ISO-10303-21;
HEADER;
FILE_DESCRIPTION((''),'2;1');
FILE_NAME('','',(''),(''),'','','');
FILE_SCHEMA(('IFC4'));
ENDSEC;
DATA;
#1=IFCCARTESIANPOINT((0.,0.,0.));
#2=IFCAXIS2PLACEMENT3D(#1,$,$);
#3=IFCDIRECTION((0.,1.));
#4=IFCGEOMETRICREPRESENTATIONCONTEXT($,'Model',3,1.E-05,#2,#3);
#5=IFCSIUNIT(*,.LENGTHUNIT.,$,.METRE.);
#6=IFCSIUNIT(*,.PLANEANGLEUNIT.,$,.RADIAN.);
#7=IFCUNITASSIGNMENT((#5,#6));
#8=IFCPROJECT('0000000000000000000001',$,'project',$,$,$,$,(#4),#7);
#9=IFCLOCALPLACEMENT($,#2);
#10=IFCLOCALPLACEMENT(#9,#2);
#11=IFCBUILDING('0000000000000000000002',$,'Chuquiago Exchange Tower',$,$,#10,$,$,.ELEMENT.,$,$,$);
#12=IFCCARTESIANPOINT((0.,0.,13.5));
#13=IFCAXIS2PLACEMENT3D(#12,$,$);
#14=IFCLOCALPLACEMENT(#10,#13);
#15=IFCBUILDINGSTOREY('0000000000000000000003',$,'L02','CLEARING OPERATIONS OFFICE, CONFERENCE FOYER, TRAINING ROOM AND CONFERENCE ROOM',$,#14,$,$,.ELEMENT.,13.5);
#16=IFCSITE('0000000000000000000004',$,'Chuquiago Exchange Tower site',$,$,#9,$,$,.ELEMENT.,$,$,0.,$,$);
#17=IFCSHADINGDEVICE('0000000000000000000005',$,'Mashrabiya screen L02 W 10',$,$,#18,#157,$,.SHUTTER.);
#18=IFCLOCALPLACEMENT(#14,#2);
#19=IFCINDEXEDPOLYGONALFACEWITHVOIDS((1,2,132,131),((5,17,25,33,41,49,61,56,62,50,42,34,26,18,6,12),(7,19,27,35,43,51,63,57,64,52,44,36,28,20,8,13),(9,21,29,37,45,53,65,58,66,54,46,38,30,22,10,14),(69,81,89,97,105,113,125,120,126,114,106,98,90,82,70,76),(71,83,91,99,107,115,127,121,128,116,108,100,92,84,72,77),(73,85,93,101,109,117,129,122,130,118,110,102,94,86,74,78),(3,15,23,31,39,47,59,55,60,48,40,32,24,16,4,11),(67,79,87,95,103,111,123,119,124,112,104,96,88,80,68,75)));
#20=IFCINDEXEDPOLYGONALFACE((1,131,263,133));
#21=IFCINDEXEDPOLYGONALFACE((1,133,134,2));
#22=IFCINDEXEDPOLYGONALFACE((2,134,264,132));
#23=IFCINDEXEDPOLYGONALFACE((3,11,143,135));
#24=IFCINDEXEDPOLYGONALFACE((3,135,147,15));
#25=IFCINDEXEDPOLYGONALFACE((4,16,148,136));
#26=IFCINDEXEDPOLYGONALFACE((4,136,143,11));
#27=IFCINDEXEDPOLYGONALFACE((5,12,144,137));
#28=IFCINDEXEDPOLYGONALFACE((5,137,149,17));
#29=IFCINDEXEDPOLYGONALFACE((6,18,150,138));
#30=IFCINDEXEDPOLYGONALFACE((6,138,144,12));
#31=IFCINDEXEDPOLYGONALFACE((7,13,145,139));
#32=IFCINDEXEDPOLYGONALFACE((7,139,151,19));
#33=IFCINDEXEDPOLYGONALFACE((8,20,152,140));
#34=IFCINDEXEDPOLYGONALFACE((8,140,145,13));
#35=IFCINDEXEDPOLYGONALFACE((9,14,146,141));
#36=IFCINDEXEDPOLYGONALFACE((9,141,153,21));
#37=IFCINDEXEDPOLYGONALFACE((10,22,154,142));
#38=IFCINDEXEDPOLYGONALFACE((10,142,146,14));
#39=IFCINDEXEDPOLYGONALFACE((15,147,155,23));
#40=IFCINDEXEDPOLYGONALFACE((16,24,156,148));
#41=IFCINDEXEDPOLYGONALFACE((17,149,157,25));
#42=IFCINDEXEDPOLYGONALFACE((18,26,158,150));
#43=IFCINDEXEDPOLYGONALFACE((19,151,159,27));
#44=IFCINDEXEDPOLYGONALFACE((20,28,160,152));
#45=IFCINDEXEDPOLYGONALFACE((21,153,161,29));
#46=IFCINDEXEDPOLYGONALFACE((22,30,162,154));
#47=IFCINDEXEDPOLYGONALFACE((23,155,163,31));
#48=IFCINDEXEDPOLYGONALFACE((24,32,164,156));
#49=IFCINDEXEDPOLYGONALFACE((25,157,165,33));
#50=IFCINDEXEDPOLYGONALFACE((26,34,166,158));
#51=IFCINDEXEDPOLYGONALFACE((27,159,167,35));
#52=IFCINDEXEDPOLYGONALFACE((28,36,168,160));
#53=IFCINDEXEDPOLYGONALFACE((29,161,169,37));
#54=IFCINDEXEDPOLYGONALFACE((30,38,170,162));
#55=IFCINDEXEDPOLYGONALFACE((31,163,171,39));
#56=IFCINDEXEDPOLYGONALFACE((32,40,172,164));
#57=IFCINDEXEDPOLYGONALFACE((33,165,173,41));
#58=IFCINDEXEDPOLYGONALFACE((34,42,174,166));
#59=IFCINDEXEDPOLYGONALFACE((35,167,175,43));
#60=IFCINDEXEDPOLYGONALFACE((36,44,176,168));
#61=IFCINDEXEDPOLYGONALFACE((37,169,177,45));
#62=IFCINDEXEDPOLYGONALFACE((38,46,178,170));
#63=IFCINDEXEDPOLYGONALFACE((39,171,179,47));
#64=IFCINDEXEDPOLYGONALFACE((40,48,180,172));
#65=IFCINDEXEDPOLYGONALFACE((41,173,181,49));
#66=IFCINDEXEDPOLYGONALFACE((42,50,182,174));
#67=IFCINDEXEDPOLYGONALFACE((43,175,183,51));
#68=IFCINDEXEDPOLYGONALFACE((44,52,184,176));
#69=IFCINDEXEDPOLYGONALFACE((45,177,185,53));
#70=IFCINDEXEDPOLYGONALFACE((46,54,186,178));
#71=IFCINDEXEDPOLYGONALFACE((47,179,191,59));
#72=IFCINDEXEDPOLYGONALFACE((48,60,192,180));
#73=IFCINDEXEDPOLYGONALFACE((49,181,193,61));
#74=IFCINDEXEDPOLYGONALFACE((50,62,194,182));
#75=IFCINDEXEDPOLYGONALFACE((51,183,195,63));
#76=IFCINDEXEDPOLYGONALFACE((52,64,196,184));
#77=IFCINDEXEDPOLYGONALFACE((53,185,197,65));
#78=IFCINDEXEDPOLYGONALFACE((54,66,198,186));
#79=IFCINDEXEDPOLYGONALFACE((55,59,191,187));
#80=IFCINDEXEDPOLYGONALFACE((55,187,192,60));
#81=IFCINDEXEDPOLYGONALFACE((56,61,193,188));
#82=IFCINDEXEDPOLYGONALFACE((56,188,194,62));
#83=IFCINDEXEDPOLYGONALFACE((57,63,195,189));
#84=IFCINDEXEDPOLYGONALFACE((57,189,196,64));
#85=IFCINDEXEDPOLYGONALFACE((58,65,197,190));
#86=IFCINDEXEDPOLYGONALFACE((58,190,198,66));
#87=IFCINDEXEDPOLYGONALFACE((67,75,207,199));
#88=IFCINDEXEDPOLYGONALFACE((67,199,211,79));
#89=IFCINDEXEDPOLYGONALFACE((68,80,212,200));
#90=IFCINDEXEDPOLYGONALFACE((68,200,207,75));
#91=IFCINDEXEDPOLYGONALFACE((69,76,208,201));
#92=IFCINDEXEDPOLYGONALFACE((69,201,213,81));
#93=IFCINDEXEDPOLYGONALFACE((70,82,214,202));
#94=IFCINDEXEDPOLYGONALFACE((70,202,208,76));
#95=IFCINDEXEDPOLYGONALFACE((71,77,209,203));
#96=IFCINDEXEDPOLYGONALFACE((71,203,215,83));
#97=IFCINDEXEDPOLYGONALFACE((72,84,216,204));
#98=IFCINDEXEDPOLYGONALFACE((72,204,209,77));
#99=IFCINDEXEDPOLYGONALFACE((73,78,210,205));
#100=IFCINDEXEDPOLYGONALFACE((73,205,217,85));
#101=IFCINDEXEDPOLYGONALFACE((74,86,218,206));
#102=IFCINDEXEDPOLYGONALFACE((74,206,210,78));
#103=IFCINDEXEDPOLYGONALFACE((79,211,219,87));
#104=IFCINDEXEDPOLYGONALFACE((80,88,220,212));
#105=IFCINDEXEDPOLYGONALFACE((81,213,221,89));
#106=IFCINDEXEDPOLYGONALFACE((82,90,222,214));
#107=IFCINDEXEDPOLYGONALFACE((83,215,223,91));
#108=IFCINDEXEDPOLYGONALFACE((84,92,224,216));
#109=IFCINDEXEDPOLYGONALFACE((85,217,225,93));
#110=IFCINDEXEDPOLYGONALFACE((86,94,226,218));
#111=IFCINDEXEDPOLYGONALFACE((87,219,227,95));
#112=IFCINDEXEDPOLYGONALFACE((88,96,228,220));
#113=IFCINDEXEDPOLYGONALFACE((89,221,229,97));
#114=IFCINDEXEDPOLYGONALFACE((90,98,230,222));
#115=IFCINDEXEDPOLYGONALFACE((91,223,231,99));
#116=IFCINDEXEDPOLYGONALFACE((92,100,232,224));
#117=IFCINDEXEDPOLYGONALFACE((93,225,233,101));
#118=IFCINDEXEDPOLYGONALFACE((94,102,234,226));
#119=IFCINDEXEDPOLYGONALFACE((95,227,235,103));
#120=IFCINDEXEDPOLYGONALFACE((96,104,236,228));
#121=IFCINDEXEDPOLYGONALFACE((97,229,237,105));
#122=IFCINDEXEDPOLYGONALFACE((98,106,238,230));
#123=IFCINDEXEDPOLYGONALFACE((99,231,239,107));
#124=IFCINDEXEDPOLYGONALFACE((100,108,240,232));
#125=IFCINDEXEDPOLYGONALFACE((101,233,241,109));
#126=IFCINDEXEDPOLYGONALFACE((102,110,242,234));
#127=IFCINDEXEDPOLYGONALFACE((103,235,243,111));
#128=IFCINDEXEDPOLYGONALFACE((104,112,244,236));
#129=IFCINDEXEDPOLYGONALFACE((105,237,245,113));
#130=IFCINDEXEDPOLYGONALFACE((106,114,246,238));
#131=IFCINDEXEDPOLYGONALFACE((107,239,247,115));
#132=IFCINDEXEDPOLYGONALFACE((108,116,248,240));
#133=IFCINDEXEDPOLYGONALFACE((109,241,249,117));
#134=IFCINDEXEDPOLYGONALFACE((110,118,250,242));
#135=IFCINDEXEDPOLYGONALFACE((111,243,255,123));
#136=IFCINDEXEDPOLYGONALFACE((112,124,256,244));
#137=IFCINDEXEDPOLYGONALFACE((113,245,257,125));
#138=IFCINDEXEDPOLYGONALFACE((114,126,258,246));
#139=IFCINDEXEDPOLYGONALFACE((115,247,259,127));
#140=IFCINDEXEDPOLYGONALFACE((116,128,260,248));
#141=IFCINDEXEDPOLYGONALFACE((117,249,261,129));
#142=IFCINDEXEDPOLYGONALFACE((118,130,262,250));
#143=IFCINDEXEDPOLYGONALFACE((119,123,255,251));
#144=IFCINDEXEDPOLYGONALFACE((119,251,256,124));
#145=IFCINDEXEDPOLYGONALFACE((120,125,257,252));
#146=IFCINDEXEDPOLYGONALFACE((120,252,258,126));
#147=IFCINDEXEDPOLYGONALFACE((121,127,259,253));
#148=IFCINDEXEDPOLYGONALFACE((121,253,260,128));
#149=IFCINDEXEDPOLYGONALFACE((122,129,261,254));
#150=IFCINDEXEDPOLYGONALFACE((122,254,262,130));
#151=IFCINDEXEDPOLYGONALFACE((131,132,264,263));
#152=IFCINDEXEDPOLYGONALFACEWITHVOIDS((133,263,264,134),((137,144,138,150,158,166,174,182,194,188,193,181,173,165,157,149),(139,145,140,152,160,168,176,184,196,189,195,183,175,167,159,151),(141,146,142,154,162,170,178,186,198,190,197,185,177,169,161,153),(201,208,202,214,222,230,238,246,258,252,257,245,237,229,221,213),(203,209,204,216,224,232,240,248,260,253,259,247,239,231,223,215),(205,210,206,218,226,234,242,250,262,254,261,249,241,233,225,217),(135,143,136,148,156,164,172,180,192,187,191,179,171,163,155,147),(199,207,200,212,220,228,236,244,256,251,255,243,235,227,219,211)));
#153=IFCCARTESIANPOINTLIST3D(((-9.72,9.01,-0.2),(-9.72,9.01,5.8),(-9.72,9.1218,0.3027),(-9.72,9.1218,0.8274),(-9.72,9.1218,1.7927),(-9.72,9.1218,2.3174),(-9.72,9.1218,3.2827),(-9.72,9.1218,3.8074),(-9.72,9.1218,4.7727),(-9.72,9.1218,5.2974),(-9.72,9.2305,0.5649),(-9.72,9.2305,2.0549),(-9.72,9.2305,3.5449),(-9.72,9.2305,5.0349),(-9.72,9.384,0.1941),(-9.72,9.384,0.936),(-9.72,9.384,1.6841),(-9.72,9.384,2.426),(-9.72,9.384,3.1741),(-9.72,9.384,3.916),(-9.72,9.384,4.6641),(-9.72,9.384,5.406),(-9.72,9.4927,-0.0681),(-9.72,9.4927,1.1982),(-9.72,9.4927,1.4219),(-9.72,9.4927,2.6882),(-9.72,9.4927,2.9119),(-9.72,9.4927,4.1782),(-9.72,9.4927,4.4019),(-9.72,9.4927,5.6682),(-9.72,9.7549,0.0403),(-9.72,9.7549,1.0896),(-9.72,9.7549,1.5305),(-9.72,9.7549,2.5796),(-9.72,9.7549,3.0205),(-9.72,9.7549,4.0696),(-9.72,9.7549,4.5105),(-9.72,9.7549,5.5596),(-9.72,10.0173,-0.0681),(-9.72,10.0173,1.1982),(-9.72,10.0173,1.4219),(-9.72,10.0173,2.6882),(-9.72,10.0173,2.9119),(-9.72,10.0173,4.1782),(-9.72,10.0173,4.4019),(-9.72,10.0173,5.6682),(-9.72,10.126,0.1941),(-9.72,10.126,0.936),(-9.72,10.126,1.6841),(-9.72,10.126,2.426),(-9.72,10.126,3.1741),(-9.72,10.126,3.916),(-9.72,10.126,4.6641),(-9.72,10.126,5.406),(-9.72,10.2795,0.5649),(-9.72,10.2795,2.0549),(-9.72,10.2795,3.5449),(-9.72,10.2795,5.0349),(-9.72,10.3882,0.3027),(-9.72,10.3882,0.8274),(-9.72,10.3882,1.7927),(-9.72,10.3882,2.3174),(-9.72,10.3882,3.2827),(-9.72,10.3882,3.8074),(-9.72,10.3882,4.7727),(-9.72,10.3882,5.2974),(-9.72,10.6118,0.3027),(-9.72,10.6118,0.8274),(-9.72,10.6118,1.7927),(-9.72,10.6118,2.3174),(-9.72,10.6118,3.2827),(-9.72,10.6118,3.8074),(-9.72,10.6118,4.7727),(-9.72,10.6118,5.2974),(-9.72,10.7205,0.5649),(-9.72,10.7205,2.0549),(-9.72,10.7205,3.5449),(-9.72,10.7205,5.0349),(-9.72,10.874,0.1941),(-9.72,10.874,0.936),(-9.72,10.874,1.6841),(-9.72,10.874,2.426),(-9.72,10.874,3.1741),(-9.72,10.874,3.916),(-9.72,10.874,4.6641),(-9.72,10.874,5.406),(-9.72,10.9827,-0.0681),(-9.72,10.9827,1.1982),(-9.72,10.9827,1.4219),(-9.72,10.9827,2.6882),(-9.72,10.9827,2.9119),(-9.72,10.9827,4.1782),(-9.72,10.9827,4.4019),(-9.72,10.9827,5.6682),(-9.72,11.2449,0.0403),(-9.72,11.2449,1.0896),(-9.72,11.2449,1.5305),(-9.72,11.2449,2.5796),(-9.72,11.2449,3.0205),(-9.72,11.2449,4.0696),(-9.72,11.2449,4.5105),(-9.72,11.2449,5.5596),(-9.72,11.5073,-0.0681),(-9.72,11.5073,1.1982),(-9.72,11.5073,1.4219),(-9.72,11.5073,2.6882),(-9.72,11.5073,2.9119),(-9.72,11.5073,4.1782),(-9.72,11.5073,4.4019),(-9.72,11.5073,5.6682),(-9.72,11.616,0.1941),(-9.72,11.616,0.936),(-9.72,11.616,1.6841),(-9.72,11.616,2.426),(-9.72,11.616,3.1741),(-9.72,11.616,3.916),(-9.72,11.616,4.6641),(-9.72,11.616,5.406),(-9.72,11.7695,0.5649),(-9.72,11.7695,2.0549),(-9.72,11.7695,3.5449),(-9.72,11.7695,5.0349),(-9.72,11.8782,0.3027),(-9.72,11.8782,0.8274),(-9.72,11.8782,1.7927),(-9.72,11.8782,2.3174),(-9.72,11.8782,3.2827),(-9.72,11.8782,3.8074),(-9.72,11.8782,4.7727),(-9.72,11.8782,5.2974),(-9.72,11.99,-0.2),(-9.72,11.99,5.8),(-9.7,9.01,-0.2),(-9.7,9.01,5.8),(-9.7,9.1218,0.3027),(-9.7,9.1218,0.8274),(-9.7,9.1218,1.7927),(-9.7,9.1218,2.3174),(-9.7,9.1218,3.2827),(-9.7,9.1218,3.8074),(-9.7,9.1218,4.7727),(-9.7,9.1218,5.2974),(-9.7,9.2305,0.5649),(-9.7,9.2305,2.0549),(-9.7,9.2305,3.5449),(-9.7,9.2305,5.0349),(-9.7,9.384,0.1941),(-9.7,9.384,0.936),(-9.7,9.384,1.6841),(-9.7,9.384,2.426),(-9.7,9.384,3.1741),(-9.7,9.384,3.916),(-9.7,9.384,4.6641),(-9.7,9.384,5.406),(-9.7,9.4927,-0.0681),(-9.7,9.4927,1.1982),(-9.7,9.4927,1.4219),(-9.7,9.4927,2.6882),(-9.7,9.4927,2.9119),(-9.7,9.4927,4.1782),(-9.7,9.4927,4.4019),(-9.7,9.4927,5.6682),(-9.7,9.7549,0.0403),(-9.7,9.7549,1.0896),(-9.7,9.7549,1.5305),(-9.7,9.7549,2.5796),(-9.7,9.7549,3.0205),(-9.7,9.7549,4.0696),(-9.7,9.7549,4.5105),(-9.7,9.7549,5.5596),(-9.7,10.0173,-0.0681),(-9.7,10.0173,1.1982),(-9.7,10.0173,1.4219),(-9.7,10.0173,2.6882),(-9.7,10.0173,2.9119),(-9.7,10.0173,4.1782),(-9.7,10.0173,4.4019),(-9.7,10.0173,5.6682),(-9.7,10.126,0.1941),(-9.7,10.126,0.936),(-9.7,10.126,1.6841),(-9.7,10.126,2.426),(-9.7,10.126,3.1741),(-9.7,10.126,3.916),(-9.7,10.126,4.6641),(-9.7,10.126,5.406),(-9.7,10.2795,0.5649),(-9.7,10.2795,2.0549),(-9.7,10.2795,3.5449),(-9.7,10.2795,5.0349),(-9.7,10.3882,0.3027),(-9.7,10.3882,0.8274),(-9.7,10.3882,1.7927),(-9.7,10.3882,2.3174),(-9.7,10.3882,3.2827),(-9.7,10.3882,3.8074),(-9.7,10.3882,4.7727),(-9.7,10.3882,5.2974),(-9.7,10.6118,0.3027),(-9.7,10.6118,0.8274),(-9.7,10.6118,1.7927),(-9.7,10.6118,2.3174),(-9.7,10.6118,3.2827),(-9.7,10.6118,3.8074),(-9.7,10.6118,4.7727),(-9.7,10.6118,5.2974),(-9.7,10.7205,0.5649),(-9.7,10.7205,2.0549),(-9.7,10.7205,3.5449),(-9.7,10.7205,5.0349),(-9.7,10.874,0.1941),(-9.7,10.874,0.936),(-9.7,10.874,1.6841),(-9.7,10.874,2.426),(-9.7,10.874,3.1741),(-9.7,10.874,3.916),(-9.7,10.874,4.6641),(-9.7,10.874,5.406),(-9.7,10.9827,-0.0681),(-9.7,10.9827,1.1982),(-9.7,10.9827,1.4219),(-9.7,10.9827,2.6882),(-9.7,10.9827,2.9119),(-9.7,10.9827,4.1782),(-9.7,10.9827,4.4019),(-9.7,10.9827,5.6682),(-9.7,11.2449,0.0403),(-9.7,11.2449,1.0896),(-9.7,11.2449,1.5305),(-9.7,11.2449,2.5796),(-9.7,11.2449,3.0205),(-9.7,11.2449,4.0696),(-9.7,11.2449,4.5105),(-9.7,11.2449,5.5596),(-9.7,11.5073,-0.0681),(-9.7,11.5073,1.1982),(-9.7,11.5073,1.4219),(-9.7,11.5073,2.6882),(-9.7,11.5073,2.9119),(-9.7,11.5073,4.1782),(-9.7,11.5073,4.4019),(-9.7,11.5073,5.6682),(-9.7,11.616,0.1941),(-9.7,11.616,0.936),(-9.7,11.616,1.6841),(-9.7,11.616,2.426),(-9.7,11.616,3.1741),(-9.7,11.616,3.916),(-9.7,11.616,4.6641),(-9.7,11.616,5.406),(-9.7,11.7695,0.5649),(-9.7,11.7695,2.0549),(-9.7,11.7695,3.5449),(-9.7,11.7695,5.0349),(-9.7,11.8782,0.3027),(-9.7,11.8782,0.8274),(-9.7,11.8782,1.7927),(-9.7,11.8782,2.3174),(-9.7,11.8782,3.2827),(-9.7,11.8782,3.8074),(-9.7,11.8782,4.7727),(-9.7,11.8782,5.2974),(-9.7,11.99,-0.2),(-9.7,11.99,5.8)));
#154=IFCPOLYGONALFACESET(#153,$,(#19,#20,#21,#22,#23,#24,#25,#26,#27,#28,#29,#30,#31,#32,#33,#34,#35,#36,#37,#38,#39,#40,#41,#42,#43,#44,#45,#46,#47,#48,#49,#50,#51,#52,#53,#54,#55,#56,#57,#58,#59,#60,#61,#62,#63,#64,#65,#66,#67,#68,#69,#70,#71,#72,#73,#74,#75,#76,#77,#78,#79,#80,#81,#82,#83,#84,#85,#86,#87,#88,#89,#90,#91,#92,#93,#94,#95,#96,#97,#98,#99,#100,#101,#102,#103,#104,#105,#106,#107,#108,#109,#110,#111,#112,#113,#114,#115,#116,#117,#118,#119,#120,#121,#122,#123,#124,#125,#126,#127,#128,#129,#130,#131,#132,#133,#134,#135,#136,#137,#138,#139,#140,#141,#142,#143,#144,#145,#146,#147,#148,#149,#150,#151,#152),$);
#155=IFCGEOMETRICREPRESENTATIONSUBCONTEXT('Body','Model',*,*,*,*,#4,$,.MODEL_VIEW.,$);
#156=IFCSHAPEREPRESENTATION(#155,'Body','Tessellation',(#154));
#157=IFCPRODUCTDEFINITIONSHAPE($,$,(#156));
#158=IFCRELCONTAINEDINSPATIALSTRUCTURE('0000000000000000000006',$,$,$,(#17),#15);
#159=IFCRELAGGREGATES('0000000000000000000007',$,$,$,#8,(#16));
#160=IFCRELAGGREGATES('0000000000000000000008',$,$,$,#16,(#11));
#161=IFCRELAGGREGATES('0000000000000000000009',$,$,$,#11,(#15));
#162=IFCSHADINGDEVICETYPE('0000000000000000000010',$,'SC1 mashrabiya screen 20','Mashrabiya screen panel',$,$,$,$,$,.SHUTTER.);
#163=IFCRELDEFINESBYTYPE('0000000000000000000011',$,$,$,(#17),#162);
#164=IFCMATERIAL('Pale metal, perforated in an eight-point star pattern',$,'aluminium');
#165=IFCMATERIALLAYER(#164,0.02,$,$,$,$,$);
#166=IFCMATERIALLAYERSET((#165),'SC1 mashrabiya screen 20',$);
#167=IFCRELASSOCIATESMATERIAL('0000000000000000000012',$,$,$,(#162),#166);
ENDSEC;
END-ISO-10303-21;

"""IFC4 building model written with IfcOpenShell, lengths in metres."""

from ifc_helpers import new_model, si_unit, direction, frame, origin, place, context, subcontext, project, spatial, polyline, outline, extrude, material, layer, layer_set, type_object, element, save


model = new_model("IFC4")

# Units and contexts
model_context = context("Model", 3, precision=1e-05, world=origin(), true_north=direction((0.0, 1.0)))
body_context = subcontext(model_context, "Body", "Model", "MODEL_VIEW")
ifc_project = project(units=[si_unit("LENGTHUNIT", "METRE"), si_unit("PLANEANGLEUNIT", "RADIAN")], contexts=[model_context])

# Site, building, storey
site_placement = place(None, origin())
site = spatial("IfcSite", under=ifc_project, at=site_placement, Name="Chuquiago Exchange Tower site", CompositionType="ELEMENT", RefElevation=0.0)
building_placement = place(site_placement, origin())
building = spatial("IfcBuilding", under=site, at=building_placement, Name="Chuquiago Exchange Tower", CompositionType="ELEMENT")
storey_placement = place(building_placement, frame((0.0, 0.0, 13.5)))
storey = spatial("IfcBuildingStorey", under=building, at=storey_placement, Name="L02", Description="CLEARING OPERATIONS OFFICE, CONFERENCE FOYER, TRAINING ROOM AND CONFERENCE ROOM", CompositionType="ELEMENT", Elevation=13.5)

# Shading device
ifc_material_1 = material(Name="Pale metal, perforated in an eight-point star pattern", Category="aluminium")
ifc_layer_1 = layer(ifc_material_1, 0.02)
ifc_layer_set_1 = layer_set([ifc_layer_1], Name="SC1 mashrabiya screen 20")
shading_device_type = type_object("IfcShadingDeviceType", Name="SC1 mashrabiya screen 20", Description="Mashrabiya screen panel", PredefinedType="SHUTTER", material=ifc_layer_set_1)
shading_device_1_placement = place(storey_placement, frame((-9.7, 11.99, -0.2), z_axis=(0.0, 0.0, 1.0), x_axis=(0.0, -1.0, 0.0)))
element("IfcShadingDevice", 1, at=shading_device_1_placement, inside=storey, type_object=shading_device_type, Name="Mashrabiya screen L02 W 10", PredefinedType="SHUTTER", context=body_context, shape_type="SweptSolid", body=[
    extrude(outline(polyline([(0.0, 0.0), (2.98, 0.0), (2.98, 6.0), (0.0, 6.0), (0.0, 0.0)]), holes=[polyline([(1.2695, 0.7649), (1.3782, 1.0273), (1.116, 1.136), (1.0073, 1.3982), (0.7451, 1.2896), (0.4827, 1.3982), (0.374, 1.136), (0.1118, 1.0273), (0.2205, 0.7649), (0.1118, 0.5027), (0.374, 0.394), (0.4827, 0.1318), (0.7451, 0.2402), (1.0073, 0.1318), (1.116, 0.394), (1.3782, 0.5027), (1.2695, 0.7649)]), polyline([(2.7595, 0.7649), (2.8682, 1.0273), (2.606, 1.136), (2.4973, 1.3982), (2.2351, 1.2896), (1.9727, 1.3982), (1.864, 1.136), (1.6018, 1.0273), (1.7104, 0.7649), (1.6018, 0.5027), (1.864, 0.394), (1.9727, 0.1318), (2.2351, 0.2402), (2.4973, 0.1318), (2.606, 0.394), (2.8682, 0.5027), (2.7595, 0.7649)]), polyline([(1.2695, 2.2549), (1.3782, 2.5173), (1.116, 2.626), (1.0073, 2.8882), (0.7451, 2.7795), (0.4827, 2.8882), (0.374, 2.626), (0.1118, 2.5173), (0.2205, 2.2549), (0.1118, 1.9927), (0.374, 1.884), (0.4827, 1.6218), (0.7451, 1.7305), (1.0073, 1.6218), (1.116, 1.884), (1.3782, 1.9927), (1.2695, 2.2549)]), polyline([(2.7595, 2.2549), (2.8682, 2.5173), (2.606, 2.626), (2.4973, 2.8882), (2.2351, 2.7795), (1.9727, 2.8882), (1.864, 2.626), (1.6018, 2.5173), (1.7104, 2.2549), (1.6018, 1.9927), (1.864, 1.884), (1.9727, 1.6218), (2.2351, 1.7305), (2.4973, 1.6218), (2.606, 1.884), (2.8682, 1.9927), (2.7595, 2.2549)]), polyline([(1.2695, 3.7449), (1.3782, 4.0073), (1.116, 4.116), (1.0073, 4.3782), (0.7451, 4.2695), (0.4827, 4.3782), (0.374, 4.116), (0.1118, 4.0073), (0.2205, 3.7449), (0.1118, 3.4827), (0.374, 3.374), (0.4827, 3.1118), (0.7451, 3.2205), (1.0073, 3.1118), (1.116, 3.374), (1.3782, 3.4827), (1.2695, 3.7449)]), polyline([(2.7595, 3.7449), (2.8682, 4.0073), (2.606, 4.116), (2.4973, 4.3782), (2.2351, 4.2695), (1.9727, 4.3782), (1.864, 4.116), (1.6018, 4.0073), (1.7104, 3.7449), (1.6018, 3.4827), (1.864, 3.374), (1.9727, 3.1118), (2.2351, 3.2205), (2.4973, 3.1118), (2.606, 3.374), (2.8682, 3.4827), (2.7595, 3.7449)]), polyline([(1.2695, 5.2349), (1.3782, 5.4973), (1.116, 5.606), (1.0073, 5.8682), (0.7451, 5.7595), (0.4827, 5.8682), (0.374, 5.606), (0.1118, 5.4973), (0.2205, 5.2349), (0.1118, 4.9727), (0.374, 4.864), (0.4827, 4.6018), (0.7451, 4.7104), (1.0073, 4.6018), (1.116, 4.864), (1.3782, 4.9727), (1.2695, 5.2349)]), polyline([(2.7595, 5.2349), (2.8682, 5.4973), (2.606, 5.606), (2.4973, 5.8682), (2.2351, 5.7595), (1.9727, 5.8682), (1.864, 5.606), (1.6018, 5.4973), (1.7104, 5.2349), (1.6018, 4.9727), (1.864, 4.864), (1.9727, 4.6018), (2.2351, 4.7104), (2.4973, 4.6018), (2.606, 4.864), (2.8682, 4.9727), (2.7595, 5.2349)])]), frame((0.0, 0.0, 0.0), z_axis=(0.0, -1.0, 0.0), x_axis=(1.0, 0.0, 0.0)), (0.0, 0.0, 1.0), 0.02),
])

save(model, "model.ifc")
